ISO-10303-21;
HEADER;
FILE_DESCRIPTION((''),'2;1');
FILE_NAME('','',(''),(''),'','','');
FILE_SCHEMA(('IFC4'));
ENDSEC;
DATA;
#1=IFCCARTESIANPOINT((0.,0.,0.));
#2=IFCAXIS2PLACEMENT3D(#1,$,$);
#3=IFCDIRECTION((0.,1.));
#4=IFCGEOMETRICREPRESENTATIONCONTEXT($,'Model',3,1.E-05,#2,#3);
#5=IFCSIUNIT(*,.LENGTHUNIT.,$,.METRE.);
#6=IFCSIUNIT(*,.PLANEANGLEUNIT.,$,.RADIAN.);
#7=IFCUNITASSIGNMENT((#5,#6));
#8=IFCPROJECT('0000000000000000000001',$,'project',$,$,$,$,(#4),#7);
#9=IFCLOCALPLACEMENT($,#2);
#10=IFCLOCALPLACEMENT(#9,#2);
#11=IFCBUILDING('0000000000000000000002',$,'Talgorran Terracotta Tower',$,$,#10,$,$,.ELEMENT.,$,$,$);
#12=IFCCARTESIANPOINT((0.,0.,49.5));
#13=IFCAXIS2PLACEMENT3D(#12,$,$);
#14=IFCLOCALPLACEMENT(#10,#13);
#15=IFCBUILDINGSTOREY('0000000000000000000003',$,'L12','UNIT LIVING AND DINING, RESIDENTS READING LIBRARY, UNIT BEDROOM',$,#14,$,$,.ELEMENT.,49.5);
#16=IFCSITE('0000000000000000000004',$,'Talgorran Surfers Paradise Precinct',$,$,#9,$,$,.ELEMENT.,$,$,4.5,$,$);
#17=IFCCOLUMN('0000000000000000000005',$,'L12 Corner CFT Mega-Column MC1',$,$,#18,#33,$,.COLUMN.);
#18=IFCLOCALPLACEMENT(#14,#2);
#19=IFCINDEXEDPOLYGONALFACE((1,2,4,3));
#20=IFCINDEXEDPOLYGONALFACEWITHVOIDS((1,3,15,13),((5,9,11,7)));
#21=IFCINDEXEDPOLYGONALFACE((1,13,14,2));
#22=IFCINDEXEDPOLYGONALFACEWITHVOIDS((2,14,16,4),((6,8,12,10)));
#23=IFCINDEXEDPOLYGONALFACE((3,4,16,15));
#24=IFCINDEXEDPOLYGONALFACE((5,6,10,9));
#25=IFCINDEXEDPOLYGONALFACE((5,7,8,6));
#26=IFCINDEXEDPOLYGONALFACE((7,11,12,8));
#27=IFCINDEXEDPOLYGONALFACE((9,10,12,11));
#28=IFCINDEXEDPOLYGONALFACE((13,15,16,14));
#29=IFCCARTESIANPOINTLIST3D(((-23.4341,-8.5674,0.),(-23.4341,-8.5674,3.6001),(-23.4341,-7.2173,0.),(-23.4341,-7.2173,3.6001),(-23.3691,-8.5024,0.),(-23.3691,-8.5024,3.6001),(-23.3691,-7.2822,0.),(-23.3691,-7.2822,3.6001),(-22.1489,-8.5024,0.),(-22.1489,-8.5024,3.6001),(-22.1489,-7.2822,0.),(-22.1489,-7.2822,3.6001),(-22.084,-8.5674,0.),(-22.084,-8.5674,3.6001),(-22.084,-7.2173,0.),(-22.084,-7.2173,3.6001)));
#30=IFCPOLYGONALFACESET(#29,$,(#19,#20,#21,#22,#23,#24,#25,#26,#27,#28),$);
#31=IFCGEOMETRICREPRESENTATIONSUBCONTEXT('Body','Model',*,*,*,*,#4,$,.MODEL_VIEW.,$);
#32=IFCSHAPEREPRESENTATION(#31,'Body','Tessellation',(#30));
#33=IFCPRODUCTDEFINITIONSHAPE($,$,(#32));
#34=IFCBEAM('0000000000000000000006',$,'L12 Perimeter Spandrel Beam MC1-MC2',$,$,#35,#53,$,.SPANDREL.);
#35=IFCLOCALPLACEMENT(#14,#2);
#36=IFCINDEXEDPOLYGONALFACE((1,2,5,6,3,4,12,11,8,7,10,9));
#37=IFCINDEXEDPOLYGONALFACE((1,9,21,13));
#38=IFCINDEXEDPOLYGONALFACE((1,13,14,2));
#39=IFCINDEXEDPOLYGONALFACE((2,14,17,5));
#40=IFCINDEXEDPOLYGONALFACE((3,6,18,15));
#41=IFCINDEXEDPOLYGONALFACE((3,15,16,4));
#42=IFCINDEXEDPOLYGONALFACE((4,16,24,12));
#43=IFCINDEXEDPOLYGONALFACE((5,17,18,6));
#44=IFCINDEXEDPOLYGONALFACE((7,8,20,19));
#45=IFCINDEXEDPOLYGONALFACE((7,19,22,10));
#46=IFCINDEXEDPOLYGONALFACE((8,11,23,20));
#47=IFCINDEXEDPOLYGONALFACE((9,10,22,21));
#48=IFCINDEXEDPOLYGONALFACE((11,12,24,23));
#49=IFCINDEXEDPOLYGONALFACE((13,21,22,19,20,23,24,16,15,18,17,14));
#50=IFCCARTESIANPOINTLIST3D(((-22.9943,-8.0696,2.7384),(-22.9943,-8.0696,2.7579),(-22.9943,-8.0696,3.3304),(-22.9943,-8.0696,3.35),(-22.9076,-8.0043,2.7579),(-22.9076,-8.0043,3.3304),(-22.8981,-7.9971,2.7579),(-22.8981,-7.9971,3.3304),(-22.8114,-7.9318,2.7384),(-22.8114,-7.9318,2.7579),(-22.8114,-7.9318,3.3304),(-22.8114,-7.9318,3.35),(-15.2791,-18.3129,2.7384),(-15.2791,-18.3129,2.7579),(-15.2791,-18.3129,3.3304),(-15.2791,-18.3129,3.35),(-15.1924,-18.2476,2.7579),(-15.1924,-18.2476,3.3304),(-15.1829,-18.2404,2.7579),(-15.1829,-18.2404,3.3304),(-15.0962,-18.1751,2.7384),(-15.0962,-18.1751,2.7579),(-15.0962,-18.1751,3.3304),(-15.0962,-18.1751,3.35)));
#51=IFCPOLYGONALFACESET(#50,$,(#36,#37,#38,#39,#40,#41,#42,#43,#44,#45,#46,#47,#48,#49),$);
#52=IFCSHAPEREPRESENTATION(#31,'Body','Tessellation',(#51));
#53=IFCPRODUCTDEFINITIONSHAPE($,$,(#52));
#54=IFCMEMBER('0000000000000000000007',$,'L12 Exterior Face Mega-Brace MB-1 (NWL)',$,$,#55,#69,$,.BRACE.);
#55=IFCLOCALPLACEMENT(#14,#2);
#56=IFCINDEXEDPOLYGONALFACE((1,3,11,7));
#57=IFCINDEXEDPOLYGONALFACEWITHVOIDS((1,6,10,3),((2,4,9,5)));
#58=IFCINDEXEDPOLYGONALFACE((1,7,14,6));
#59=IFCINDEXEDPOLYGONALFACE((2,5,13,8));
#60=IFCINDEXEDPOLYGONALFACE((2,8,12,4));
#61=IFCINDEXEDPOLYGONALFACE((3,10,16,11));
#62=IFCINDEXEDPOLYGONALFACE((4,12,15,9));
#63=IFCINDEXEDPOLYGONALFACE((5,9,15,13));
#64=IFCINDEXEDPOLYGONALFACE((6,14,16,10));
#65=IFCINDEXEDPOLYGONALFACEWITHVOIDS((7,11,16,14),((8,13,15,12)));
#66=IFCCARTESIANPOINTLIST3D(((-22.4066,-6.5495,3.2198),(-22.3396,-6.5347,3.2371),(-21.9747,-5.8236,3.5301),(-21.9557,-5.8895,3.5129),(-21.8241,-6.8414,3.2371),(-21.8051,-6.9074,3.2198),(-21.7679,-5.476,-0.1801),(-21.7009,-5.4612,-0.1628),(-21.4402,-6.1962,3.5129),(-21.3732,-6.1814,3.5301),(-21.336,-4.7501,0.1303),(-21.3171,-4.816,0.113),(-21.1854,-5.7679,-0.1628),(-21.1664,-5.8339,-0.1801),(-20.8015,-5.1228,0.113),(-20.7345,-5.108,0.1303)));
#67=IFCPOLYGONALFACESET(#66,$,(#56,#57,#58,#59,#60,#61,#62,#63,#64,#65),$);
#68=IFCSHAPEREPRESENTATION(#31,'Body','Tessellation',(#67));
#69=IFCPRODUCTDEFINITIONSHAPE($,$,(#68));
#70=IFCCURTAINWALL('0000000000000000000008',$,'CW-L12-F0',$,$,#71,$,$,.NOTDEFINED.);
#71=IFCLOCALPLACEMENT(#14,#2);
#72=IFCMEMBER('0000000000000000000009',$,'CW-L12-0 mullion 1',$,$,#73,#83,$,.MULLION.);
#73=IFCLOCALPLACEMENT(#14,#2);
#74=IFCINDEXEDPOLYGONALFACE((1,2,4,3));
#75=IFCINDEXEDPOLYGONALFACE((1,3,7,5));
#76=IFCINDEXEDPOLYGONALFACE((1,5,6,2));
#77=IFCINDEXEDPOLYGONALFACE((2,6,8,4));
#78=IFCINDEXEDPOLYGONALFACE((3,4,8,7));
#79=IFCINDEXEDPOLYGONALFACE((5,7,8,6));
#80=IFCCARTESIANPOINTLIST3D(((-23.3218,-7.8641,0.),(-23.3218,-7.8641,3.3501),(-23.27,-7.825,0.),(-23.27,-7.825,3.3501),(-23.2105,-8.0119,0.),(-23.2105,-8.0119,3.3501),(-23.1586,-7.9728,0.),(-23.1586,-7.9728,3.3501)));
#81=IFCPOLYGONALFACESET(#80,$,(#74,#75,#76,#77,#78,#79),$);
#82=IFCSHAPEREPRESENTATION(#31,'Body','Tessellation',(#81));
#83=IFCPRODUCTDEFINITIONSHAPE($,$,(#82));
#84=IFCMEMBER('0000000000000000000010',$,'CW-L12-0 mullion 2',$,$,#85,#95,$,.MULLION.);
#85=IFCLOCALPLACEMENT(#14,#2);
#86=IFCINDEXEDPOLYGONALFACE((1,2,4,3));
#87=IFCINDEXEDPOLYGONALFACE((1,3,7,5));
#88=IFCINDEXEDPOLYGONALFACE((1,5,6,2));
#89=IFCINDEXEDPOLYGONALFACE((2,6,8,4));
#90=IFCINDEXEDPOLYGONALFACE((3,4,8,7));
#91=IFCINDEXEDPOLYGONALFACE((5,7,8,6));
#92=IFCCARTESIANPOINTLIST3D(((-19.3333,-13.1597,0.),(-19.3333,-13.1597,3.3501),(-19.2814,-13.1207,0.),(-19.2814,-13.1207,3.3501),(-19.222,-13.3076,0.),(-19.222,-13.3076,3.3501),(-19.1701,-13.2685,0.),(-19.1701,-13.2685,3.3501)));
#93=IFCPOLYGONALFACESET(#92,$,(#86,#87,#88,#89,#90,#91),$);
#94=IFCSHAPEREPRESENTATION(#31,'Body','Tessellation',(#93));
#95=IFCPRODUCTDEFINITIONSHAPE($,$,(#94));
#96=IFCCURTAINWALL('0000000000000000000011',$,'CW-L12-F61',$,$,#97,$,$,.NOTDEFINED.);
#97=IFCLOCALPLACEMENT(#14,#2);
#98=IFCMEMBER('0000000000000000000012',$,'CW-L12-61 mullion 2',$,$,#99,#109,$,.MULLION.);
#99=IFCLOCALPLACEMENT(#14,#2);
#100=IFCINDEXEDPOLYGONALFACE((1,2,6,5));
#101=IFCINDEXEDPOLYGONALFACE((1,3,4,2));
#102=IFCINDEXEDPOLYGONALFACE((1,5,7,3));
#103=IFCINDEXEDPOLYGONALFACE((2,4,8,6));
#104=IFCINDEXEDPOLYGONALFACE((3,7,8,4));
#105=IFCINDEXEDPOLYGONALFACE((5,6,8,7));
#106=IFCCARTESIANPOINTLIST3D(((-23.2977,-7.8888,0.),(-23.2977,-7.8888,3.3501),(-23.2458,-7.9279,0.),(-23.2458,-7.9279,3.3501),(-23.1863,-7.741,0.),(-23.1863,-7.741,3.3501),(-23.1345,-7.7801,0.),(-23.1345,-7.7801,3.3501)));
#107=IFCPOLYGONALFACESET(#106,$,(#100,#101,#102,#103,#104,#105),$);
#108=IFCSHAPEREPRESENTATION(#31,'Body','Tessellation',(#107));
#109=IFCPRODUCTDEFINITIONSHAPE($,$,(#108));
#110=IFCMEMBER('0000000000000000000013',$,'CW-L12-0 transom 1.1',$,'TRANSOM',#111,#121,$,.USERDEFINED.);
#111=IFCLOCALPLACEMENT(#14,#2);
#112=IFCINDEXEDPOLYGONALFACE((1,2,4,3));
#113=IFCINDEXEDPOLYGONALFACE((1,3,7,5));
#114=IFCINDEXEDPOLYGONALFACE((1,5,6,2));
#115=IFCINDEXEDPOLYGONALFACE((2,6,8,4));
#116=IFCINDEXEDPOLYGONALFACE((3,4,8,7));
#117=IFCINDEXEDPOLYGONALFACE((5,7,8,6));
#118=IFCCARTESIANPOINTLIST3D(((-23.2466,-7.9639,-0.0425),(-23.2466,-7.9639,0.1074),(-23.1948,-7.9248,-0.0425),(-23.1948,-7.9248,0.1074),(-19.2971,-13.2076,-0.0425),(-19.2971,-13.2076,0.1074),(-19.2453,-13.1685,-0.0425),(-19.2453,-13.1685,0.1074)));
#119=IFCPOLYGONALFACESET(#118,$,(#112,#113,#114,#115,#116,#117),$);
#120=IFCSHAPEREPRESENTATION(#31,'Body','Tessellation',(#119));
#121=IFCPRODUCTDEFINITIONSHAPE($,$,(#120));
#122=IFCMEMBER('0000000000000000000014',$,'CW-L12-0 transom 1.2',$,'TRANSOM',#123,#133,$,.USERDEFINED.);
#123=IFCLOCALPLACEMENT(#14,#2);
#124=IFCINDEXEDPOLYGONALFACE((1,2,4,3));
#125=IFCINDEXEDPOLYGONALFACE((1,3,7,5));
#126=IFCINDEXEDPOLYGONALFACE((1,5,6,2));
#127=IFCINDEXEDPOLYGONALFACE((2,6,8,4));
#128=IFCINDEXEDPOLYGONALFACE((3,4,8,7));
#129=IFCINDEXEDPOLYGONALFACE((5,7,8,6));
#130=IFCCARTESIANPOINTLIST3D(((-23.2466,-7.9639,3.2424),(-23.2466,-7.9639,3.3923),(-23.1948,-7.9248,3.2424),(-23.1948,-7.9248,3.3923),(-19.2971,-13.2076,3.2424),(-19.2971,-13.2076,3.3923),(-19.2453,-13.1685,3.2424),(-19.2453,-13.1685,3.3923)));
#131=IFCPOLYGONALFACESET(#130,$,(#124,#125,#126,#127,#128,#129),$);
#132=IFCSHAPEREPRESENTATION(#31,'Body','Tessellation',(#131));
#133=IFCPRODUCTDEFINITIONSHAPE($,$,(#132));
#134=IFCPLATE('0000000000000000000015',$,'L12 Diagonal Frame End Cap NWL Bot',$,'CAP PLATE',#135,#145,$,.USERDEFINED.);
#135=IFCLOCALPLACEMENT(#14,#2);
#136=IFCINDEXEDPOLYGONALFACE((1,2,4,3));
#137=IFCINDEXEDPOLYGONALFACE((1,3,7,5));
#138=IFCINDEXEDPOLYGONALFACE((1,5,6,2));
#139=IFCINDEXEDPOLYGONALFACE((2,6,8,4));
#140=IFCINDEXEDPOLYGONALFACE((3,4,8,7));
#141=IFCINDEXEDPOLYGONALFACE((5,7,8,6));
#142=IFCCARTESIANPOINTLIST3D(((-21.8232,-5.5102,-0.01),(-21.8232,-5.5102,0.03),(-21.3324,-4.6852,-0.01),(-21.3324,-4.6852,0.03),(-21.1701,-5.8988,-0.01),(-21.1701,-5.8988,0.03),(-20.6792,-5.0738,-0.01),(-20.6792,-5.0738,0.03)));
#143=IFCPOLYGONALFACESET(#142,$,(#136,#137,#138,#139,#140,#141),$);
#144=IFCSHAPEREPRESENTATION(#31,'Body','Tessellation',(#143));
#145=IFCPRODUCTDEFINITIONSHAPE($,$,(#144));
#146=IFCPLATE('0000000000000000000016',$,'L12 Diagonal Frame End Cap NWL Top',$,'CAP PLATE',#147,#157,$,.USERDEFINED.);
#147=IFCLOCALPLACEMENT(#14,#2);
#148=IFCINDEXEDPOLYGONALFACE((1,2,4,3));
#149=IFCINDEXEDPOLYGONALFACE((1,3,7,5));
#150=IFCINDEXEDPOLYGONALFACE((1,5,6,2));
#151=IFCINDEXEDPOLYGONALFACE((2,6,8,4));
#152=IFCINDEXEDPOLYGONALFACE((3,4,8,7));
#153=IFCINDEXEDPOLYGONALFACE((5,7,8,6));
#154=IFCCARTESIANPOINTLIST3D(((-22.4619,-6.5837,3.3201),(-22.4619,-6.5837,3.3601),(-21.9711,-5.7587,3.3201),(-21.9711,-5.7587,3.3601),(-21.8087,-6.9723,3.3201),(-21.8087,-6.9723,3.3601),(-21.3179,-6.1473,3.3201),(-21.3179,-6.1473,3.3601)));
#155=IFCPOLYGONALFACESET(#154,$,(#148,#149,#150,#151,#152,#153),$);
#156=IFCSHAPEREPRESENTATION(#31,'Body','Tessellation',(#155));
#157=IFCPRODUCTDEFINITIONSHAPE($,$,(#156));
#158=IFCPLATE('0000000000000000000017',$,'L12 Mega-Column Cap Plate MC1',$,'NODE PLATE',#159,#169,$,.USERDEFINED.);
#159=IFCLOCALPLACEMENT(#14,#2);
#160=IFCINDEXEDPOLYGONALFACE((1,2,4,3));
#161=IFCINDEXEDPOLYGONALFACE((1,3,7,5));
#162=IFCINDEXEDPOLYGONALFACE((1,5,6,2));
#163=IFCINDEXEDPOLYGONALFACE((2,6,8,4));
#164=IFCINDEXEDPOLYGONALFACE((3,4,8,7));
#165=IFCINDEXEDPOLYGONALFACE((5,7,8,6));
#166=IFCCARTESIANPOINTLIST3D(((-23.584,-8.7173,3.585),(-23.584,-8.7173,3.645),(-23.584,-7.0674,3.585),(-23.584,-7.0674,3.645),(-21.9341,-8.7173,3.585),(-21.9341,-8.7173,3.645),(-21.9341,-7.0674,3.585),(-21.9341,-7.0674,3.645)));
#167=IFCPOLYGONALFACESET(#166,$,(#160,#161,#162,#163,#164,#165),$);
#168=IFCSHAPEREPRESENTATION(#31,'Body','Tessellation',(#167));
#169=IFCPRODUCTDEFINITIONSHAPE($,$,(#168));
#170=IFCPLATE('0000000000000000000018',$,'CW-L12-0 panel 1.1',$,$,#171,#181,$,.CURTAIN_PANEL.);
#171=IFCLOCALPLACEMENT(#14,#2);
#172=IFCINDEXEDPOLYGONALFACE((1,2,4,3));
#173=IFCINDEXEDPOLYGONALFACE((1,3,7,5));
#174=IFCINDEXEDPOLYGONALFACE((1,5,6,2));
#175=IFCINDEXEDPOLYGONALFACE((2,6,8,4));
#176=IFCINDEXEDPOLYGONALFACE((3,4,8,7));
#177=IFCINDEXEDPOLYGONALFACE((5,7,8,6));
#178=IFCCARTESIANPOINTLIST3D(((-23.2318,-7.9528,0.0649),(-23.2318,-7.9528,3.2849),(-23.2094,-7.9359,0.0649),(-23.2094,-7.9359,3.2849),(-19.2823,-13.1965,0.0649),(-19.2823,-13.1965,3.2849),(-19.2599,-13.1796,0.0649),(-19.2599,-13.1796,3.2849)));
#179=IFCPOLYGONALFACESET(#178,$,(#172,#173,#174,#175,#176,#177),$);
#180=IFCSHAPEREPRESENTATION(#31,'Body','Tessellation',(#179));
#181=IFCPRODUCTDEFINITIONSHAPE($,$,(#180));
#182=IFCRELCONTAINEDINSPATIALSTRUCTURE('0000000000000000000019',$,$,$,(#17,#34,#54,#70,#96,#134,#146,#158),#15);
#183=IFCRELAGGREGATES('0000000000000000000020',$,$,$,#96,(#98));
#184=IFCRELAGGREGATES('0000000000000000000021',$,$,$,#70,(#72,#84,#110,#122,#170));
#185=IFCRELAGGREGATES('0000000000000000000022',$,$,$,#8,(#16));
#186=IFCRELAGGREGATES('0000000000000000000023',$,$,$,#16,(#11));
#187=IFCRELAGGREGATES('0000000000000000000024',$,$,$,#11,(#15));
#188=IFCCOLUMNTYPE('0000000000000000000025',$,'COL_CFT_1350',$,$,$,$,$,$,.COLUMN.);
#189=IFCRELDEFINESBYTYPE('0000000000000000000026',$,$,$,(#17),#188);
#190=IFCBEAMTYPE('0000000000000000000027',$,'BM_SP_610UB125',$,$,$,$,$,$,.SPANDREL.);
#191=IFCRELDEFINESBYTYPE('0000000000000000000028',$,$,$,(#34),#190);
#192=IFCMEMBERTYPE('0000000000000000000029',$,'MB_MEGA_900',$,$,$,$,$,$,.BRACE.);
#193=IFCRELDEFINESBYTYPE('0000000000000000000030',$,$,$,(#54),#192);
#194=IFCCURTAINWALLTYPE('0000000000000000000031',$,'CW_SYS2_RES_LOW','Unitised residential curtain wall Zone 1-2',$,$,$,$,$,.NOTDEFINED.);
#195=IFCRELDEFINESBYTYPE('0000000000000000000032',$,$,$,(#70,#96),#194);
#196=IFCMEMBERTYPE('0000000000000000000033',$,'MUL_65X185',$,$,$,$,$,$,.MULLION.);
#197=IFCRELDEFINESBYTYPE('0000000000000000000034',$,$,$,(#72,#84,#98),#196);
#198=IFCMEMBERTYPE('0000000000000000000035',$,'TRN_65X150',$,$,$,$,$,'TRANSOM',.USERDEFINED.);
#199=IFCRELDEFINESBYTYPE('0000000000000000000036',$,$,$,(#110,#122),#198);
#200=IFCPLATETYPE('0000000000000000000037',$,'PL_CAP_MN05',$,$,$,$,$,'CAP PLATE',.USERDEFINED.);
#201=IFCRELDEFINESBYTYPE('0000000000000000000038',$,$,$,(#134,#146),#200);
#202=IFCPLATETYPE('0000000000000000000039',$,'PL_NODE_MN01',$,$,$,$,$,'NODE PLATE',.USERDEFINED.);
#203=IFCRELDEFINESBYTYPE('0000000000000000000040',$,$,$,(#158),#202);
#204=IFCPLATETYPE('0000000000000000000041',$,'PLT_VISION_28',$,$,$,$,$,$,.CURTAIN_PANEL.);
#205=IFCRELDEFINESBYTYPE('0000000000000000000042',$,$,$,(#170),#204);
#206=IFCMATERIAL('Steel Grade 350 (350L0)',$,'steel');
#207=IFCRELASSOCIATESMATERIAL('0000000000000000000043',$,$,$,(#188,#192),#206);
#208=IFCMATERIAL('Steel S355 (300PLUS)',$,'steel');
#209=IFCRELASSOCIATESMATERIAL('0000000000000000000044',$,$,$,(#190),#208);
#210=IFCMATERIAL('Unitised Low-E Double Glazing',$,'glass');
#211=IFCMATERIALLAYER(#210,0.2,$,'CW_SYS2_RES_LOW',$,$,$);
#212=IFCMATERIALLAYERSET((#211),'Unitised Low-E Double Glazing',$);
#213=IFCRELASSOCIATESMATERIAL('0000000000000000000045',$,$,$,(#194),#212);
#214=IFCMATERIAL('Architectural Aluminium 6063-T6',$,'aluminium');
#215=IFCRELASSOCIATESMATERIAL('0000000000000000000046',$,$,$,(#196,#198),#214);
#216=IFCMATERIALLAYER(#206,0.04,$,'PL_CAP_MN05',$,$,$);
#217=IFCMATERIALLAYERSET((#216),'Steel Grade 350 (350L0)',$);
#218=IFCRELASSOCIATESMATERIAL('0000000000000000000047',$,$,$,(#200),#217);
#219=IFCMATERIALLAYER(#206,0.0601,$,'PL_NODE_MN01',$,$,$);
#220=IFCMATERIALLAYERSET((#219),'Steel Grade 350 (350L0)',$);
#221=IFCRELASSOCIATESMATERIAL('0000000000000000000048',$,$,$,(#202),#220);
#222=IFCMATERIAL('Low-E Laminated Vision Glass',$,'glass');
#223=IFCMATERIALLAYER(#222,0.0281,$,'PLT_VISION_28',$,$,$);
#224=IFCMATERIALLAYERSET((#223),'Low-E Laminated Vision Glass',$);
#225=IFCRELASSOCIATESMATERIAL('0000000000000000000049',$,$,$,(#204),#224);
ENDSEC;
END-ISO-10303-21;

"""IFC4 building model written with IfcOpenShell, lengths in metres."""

from ifc_helpers import new_model, si_unit, direction, frame, origin, origin_2d, place, context, subcontext, project, spatial, rectangle, hollow_rectangle, i_section, extrude, source, transform, mapped, material, layer, layer_set, material_profile, profile_set, type_object, type_shapes, element, aggregate, save


model = new_model("IFC4")

# Units and contexts
model_context = context("Model", 3, precision=1e-05, world=origin(), true_north=direction((0.0, 1.0)))
body_context = subcontext(model_context, "Body", "Model", "MODEL_VIEW")
ifc_project = project(units=[si_unit("LENGTHUNIT", "METRE"), si_unit("PLANEANGLEUNIT", "RADIAN")], contexts=[model_context])

# Site, building, storey
site_placement = place(None, origin())
site = spatial("IfcSite", under=ifc_project, at=site_placement, Name="Talgorran Surfers Paradise Precinct", CompositionType="ELEMENT", RefElevation=4.5)
building_placement = place(site_placement, origin())
building = spatial("IfcBuilding", under=site, at=building_placement, Name="Talgorran Terracotta Tower", CompositionType="ELEMENT")
storey_placement = place(building_placement, frame((0.0, 0.0, 49.5)))
storey = spatial("IfcBuildingStorey", under=building, at=storey_placement, Name="L12", Description="UNIT LIVING AND DINING, RESIDENTS READING LIBRARY, UNIT BEDROOM", CompositionType="ELEMENT", Elevation=49.5)

# Column
ifc_material_1 = material(Name="Steel Grade 350 (350L0)", Category="steel")
ifc_material_profile_1 = material_profile(ifc_material_1, hollow_rectangle(XDim=1.3501, YDim=1.3501, WallThickness=0.0649, at=origin_2d()), Name="CFT1350X1350X65")
ifc_profile_set_1 = profile_set([ifc_material_profile_1], Name="Steel Grade 350 (350L0)")
column_type = type_object("IfcColumnType", Name="COL_CFT_1350", PredefinedType="COLUMN", material=ifc_profile_set_1)
column_placement = place(storey_placement, frame((-22.759, -7.8923, 0.0), z_axis=(0.0, 0.0, 1.0), x_axis=(1.0, 0.0, 0.0)))
element("IfcColumn", 1, at=column_placement, inside=storey, type_object=column_type, Name="L12 Corner CFT Mega-Column MC1", PredefinedType="COLUMN", context=body_context, shape_type="SweptSolid", body=[
    extrude(hollow_rectangle(XDim=1.3501, YDim=1.3501, WallThickness=0.0649, at=origin_2d()), origin(), (0.0, 0.0, 1.0), 3.6001),
])

# Beam
ifc_material_2 = material(Name="Steel S355 (300PLUS)", Category="steel")
ifc_material_profile_2 = material_profile(ifc_material_2, i_section(OverallWidth=0.229, OverallDepth=0.6116, WebThickness=0.012, FlangeThickness=0.0195, at=origin_2d()), Name="610UB125")
ifc_profile_set_2 = profile_set([ifc_material_profile_2], Name="Steel S355 (300PLUS)")
beam_type = type_object("IfcBeamType", Name="BM_SP_610UB125", PredefinedType="SPANDREL", material=ifc_profile_set_2)
beam_placement = place(storey_placement, frame((-22.9028, -8.0007, 3.0442), z_axis=(0.601631, -0.798774, 0.0), x_axis=(0.798774, 0.601631, 0.0)))
element("IfcBeam", 2, at=beam_placement, inside=storey, type_object=beam_type, Name="L12 Perimeter Spandrel Beam MC1-MC2", PredefinedType="SPANDREL", context=body_context, shape_type="SweptSolid", body=[
    extrude(i_section(OverallWidth=0.229, OverallDepth=0.6116, WebThickness=0.012, FlangeThickness=0.0195, at=origin_2d()), origin(), (0.0, 0.0, 1.0), 12.8237),
])

# Member
ifc_material_profile_3 = material_profile(ifc_material_1, hollow_rectangle(XDim=0.7, YDim=0.8999, WallThickness=0.05, at=origin_2d()), Name="WBOX900X700X50")
ifc_profile_set_3 = profile_set([ifc_material_profile_3], Name="Steel Grade 350 (350L0)")
member_type_1 = type_object("IfcMemberType", Name="MB_MEGA_900", PredefinedType="BRACE", material=ifc_profile_set_3)
member_1_placement = place(storey_placement, frame((-21.2512, -5.292, -0.0249), z_axis=(-0.176326, -0.296371, 0.938655), x_axis=(0.859401, -0.511302, 0.0)))
element("IfcMember", 3, at=member_1_placement, inside=storey, type_object=member_type_1, Name="L12 Exterior Face Mega-Brace MB-1 (NWL)", PredefinedType="BRACE", context=body_context, shape_type="SweptSolid", body=[
    extrude(hollow_rectangle(XDim=0.7, YDim=0.8999, WallThickness=0.05, at=origin_2d()), origin(), (0.0, 0.0, 1.0), 3.6221),
])

# Curtain wall, members
ifc_material_3 = material(Name="Unitised Low-E Double Glazing", Category="glass")
ifc_layer_1 = layer(ifc_material_3, 0.2, Name="CW_SYS2_RES_LOW")
ifc_layer_set_1 = layer_set([ifc_layer_1], Name="Unitised Low-E Double Glazing")
curtain_wall_type = type_object("IfcCurtainWallType", Name="CW_SYS2_RES_LOW", Description="Unitised residential curtain wall Zone 1-2", PredefinedType="NOTDEFINED", material=ifc_layer_set_1)
curtain_wall_1_placement = place(storey_placement, origin())
curtain_wall_1 = element("IfcCurtainWall", 4, at=curtain_wall_1_placement, inside=storey, type_object=curtain_wall_type, Name="CW-L12-F0", PredefinedType="NOTDEFINED")
ifc_material_4 = material(Name="Architectural Aluminium 6063-T6", Category="aluminium")
ifc_material_profile_4 = material_profile(ifc_material_4, rectangle(XDim=0.0649, YDim=0.1851, at=origin_2d()), Name="CWM65X185")
ifc_profile_set_4 = profile_set([ifc_material_profile_4], Name="Architectural Aluminium 6063-T6")
member_type_2 = type_object("IfcMemberType", Name="MUL_65X185", PredefinedType="MULLION", material=ifc_profile_set_4)
member_2_placement = place(storey_placement, frame((-23.2402, -7.9185, 0.0), z_axis=(0.0, 0.0, 1.0), x_axis=(0.798774, 0.601632, 0.0)))
member_2 = element("IfcMember", 5, at=member_2_placement, type_object=member_type_2, Name="CW-L12-0 mullion 1", PredefinedType="MULLION", context=body_context, shape_type="SweptSolid", body=[
    extrude(rectangle(XDim=0.0649, YDim=0.1851, at=origin_2d()), origin(), (0.0, 0.0, 1.0), 3.3501),
])
member_3_placement = place(storey_placement, frame((-19.2517, -13.2141, 0.0), z_axis=(0.0, 0.0, 1.0), x_axis=(0.798774, 0.601632, 0.0)))
member_3 = element("IfcMember", 6, at=member_3_placement, type_object=member_type_2, Name="CW-L12-0 mullion 2", PredefinedType="MULLION", context=body_context, shape_type="SweptSolid", body=[
    extrude(rectangle(XDim=0.0649, YDim=0.1851, at=origin_2d()), origin(), (0.0, 0.0, 1.0), 3.3501),
])

# Curtain wall, member
curtain_wall_2_placement = place(storey_placement, origin())
curtain_wall_2 = element("IfcCurtainWall", 7, at=curtain_wall_2_placement, inside=storey, type_object=curtain_wall_type, Name="CW-L12-F61", PredefinedType="NOTDEFINED")
member_4_placement = place(storey_placement, frame((-23.2161, -7.8345, 0.0), z_axis=(0.0, 0.0, 1.0), x_axis=(0.798776, -0.601629, 0.0)))
member_4 = element("IfcMember", 8, at=member_4_placement, type_object=member_type_2, Name="CW-L12-61 mullion 2", PredefinedType="MULLION", context=body_context, shape_type="SweptSolid", body=[
    extrude(rectangle(XDim=0.0649, YDim=0.1851, at=origin_2d()), origin(), (0.0, 0.0, 1.0), 3.3501),
])
aggregate(curtain_wall_2, [member_4])

# Members
ifc_material_profile_5 = material_profile(ifc_material_4, rectangle(XDim=0.0649, YDim=0.1499, at=origin_2d()), Name="CWT65X150")
ifc_profile_set_5 = profile_set([ifc_material_profile_5], Name="Architectural Aluminium 6063-T6")
member_type_3 = type_object("IfcMemberType", Name="TRN_65X150", ElementType="TRANSOM", PredefinedType="USERDEFINED", material=ifc_profile_set_5)
member_5_placement = place(storey_placement, frame((-23.2207, -7.9443, 0.0325), z_axis=(0.601629, -0.798776, 0.0), x_axis=(0.798776, 0.601629, 0.0)))
member_5 = element("IfcMember", 9, at=member_5_placement, type_object=member_type_3, Name="CW-L12-0 transom 1.1", ObjectType="TRANSOM", PredefinedType="USERDEFINED", context=body_context, shape_type="SweptSolid", body=[
    extrude(rectangle(XDim=0.0649, YDim=0.1499, at=origin_2d()), origin(), (0.0, 0.0, 1.0), 6.5647),
])
member_6_placement = place(storey_placement, frame((-23.2207, -7.9443, 3.3174), z_axis=(0.601629, -0.798776, 0.0), x_axis=(0.798776, 0.601629, 0.0)))
member_6 = element("IfcMember", 10, at=member_6_placement, type_object=member_type_3, Name="CW-L12-0 transom 1.2", ObjectType="TRANSOM", PredefinedType="USERDEFINED", context=body_context, shape_type="SweptSolid", body=[
    extrude(rectangle(XDim=0.0649, YDim=0.1499, at=origin_2d()), origin(), (0.0, 0.0, 1.0), 6.5647),
])

# Plates
ifc_layer_2 = layer(ifc_material_1, 0.04, Name="PL_CAP_MN05")
ifc_layer_set_2 = layer_set([ifc_layer_2], Name="Steel Grade 350 (350L0)")
plate_type_1 = type_object("IfcPlateType", Name="PL_CAP_MN05", ElementType="CAP PLATE", PredefinedType="USERDEFINED", material=ifc_layer_set_2)
for number, where, z_axis, x_axis, name in (
    (11, (-21.2512, -5.292, -0.01), (0.0, 0.0, 1.0), (-0.511293, -0.859406, 0.0), "L12 Diagonal Frame End Cap NWL Bot"),
    (12, (-21.8899, -6.3655, 3.3201), (0.0, 0.0, 1.0), (-0.511293, -0.859406, 0.0), "L12 Diagonal Frame End Cap NWL Top"),
):
    element("IfcPlate", number, at=place(storey_placement, frame(where, z_axis=z_axis, x_axis=x_axis)), inside=storey, type_object=plate_type_1, Name=name, ObjectType="CAP PLATE", PredefinedType="USERDEFINED", context=body_context, shape_type="SweptSolid", body=[
        extrude(rectangle(XDim=0.96, YDim=0.76, at=origin_2d()), origin(), (0.0, 0.0, 1.0), 0.04),
    ])
ifc_layer_3 = layer(ifc_material_1, 0.0601, Name="PL_NODE_MN01")
ifc_layer_set_3 = layer_set([ifc_layer_3], Name="Steel Grade 350 (350L0)")
plate_type_2 = type_object("IfcPlateType", Name="PL_NODE_MN01", ElementType="NODE PLATE", PredefinedType="USERDEFINED", material=ifc_layer_set_3)
plate_1_placement = place(storey_placement, frame((-22.759, -7.8923, 3.585), z_axis=(0.0, 0.0, 1.0), x_axis=(1.0, 0.0, 0.0)))
element("IfcPlate", 13, at=plate_1_placement, inside=storey, type_object=plate_type_2, Name="L12 Mega-Column Cap Plate MC1", ObjectType="NODE PLATE", PredefinedType="USERDEFINED", context=body_context, shape_type="SweptSolid", body=[
    extrude(rectangle(XDim=1.6499, YDim=1.6499, at=origin_2d()), origin(), (0.0, 0.0, 1.0), 0.0601),
])

# Plate
ifc_material_5 = material(Name="Low-E Laminated Vision Glass", Category="glass")
ifc_layer_4 = layer(ifc_material_5, 0.0281, Name="PLT_VISION_28")
ifc_layer_set_4 = layer_set([ifc_layer_4], Name="Low-E Laminated Vision Glass")
plate_type_3 = type_object("IfcPlateType", Name="PLT_VISION_28", PredefinedType="CURTAIN_PANEL", material=ifc_layer_set_4)
shared_shape = source(origin(), body_context, "Body", "SweptSolid", [
    extrude(rectangle(XDim=6.5647, YDim=0.0281, at=origin_2d()), origin(), (0.0, 0.0, 1.0), 3.22),
])
type_shapes(plate_type_3, [shared_shape])
plate_2_placement = place(storey_placement, frame((-21.2458, -10.5662, 0.0649), z_axis=(0.0, 0.0, 1.0), x_axis=(0.601632, -0.798774, 0.0)))
plate_2 = element("IfcPlate", 14, at=plate_2_placement, type_object=plate_type_3, Name="CW-L12-0 panel 1.1", PredefinedType="CURTAIN_PANEL", context=body_context, shape_type="MappedRepresentation", body=[
    mapped(shared_shape, transform((0.0, 0.0, 0.0), scale=1.0)),
])
aggregate(curtain_wall_1, [member_2, member_3, member_5, member_6, plate_2])

save(model, "model.ifc")
